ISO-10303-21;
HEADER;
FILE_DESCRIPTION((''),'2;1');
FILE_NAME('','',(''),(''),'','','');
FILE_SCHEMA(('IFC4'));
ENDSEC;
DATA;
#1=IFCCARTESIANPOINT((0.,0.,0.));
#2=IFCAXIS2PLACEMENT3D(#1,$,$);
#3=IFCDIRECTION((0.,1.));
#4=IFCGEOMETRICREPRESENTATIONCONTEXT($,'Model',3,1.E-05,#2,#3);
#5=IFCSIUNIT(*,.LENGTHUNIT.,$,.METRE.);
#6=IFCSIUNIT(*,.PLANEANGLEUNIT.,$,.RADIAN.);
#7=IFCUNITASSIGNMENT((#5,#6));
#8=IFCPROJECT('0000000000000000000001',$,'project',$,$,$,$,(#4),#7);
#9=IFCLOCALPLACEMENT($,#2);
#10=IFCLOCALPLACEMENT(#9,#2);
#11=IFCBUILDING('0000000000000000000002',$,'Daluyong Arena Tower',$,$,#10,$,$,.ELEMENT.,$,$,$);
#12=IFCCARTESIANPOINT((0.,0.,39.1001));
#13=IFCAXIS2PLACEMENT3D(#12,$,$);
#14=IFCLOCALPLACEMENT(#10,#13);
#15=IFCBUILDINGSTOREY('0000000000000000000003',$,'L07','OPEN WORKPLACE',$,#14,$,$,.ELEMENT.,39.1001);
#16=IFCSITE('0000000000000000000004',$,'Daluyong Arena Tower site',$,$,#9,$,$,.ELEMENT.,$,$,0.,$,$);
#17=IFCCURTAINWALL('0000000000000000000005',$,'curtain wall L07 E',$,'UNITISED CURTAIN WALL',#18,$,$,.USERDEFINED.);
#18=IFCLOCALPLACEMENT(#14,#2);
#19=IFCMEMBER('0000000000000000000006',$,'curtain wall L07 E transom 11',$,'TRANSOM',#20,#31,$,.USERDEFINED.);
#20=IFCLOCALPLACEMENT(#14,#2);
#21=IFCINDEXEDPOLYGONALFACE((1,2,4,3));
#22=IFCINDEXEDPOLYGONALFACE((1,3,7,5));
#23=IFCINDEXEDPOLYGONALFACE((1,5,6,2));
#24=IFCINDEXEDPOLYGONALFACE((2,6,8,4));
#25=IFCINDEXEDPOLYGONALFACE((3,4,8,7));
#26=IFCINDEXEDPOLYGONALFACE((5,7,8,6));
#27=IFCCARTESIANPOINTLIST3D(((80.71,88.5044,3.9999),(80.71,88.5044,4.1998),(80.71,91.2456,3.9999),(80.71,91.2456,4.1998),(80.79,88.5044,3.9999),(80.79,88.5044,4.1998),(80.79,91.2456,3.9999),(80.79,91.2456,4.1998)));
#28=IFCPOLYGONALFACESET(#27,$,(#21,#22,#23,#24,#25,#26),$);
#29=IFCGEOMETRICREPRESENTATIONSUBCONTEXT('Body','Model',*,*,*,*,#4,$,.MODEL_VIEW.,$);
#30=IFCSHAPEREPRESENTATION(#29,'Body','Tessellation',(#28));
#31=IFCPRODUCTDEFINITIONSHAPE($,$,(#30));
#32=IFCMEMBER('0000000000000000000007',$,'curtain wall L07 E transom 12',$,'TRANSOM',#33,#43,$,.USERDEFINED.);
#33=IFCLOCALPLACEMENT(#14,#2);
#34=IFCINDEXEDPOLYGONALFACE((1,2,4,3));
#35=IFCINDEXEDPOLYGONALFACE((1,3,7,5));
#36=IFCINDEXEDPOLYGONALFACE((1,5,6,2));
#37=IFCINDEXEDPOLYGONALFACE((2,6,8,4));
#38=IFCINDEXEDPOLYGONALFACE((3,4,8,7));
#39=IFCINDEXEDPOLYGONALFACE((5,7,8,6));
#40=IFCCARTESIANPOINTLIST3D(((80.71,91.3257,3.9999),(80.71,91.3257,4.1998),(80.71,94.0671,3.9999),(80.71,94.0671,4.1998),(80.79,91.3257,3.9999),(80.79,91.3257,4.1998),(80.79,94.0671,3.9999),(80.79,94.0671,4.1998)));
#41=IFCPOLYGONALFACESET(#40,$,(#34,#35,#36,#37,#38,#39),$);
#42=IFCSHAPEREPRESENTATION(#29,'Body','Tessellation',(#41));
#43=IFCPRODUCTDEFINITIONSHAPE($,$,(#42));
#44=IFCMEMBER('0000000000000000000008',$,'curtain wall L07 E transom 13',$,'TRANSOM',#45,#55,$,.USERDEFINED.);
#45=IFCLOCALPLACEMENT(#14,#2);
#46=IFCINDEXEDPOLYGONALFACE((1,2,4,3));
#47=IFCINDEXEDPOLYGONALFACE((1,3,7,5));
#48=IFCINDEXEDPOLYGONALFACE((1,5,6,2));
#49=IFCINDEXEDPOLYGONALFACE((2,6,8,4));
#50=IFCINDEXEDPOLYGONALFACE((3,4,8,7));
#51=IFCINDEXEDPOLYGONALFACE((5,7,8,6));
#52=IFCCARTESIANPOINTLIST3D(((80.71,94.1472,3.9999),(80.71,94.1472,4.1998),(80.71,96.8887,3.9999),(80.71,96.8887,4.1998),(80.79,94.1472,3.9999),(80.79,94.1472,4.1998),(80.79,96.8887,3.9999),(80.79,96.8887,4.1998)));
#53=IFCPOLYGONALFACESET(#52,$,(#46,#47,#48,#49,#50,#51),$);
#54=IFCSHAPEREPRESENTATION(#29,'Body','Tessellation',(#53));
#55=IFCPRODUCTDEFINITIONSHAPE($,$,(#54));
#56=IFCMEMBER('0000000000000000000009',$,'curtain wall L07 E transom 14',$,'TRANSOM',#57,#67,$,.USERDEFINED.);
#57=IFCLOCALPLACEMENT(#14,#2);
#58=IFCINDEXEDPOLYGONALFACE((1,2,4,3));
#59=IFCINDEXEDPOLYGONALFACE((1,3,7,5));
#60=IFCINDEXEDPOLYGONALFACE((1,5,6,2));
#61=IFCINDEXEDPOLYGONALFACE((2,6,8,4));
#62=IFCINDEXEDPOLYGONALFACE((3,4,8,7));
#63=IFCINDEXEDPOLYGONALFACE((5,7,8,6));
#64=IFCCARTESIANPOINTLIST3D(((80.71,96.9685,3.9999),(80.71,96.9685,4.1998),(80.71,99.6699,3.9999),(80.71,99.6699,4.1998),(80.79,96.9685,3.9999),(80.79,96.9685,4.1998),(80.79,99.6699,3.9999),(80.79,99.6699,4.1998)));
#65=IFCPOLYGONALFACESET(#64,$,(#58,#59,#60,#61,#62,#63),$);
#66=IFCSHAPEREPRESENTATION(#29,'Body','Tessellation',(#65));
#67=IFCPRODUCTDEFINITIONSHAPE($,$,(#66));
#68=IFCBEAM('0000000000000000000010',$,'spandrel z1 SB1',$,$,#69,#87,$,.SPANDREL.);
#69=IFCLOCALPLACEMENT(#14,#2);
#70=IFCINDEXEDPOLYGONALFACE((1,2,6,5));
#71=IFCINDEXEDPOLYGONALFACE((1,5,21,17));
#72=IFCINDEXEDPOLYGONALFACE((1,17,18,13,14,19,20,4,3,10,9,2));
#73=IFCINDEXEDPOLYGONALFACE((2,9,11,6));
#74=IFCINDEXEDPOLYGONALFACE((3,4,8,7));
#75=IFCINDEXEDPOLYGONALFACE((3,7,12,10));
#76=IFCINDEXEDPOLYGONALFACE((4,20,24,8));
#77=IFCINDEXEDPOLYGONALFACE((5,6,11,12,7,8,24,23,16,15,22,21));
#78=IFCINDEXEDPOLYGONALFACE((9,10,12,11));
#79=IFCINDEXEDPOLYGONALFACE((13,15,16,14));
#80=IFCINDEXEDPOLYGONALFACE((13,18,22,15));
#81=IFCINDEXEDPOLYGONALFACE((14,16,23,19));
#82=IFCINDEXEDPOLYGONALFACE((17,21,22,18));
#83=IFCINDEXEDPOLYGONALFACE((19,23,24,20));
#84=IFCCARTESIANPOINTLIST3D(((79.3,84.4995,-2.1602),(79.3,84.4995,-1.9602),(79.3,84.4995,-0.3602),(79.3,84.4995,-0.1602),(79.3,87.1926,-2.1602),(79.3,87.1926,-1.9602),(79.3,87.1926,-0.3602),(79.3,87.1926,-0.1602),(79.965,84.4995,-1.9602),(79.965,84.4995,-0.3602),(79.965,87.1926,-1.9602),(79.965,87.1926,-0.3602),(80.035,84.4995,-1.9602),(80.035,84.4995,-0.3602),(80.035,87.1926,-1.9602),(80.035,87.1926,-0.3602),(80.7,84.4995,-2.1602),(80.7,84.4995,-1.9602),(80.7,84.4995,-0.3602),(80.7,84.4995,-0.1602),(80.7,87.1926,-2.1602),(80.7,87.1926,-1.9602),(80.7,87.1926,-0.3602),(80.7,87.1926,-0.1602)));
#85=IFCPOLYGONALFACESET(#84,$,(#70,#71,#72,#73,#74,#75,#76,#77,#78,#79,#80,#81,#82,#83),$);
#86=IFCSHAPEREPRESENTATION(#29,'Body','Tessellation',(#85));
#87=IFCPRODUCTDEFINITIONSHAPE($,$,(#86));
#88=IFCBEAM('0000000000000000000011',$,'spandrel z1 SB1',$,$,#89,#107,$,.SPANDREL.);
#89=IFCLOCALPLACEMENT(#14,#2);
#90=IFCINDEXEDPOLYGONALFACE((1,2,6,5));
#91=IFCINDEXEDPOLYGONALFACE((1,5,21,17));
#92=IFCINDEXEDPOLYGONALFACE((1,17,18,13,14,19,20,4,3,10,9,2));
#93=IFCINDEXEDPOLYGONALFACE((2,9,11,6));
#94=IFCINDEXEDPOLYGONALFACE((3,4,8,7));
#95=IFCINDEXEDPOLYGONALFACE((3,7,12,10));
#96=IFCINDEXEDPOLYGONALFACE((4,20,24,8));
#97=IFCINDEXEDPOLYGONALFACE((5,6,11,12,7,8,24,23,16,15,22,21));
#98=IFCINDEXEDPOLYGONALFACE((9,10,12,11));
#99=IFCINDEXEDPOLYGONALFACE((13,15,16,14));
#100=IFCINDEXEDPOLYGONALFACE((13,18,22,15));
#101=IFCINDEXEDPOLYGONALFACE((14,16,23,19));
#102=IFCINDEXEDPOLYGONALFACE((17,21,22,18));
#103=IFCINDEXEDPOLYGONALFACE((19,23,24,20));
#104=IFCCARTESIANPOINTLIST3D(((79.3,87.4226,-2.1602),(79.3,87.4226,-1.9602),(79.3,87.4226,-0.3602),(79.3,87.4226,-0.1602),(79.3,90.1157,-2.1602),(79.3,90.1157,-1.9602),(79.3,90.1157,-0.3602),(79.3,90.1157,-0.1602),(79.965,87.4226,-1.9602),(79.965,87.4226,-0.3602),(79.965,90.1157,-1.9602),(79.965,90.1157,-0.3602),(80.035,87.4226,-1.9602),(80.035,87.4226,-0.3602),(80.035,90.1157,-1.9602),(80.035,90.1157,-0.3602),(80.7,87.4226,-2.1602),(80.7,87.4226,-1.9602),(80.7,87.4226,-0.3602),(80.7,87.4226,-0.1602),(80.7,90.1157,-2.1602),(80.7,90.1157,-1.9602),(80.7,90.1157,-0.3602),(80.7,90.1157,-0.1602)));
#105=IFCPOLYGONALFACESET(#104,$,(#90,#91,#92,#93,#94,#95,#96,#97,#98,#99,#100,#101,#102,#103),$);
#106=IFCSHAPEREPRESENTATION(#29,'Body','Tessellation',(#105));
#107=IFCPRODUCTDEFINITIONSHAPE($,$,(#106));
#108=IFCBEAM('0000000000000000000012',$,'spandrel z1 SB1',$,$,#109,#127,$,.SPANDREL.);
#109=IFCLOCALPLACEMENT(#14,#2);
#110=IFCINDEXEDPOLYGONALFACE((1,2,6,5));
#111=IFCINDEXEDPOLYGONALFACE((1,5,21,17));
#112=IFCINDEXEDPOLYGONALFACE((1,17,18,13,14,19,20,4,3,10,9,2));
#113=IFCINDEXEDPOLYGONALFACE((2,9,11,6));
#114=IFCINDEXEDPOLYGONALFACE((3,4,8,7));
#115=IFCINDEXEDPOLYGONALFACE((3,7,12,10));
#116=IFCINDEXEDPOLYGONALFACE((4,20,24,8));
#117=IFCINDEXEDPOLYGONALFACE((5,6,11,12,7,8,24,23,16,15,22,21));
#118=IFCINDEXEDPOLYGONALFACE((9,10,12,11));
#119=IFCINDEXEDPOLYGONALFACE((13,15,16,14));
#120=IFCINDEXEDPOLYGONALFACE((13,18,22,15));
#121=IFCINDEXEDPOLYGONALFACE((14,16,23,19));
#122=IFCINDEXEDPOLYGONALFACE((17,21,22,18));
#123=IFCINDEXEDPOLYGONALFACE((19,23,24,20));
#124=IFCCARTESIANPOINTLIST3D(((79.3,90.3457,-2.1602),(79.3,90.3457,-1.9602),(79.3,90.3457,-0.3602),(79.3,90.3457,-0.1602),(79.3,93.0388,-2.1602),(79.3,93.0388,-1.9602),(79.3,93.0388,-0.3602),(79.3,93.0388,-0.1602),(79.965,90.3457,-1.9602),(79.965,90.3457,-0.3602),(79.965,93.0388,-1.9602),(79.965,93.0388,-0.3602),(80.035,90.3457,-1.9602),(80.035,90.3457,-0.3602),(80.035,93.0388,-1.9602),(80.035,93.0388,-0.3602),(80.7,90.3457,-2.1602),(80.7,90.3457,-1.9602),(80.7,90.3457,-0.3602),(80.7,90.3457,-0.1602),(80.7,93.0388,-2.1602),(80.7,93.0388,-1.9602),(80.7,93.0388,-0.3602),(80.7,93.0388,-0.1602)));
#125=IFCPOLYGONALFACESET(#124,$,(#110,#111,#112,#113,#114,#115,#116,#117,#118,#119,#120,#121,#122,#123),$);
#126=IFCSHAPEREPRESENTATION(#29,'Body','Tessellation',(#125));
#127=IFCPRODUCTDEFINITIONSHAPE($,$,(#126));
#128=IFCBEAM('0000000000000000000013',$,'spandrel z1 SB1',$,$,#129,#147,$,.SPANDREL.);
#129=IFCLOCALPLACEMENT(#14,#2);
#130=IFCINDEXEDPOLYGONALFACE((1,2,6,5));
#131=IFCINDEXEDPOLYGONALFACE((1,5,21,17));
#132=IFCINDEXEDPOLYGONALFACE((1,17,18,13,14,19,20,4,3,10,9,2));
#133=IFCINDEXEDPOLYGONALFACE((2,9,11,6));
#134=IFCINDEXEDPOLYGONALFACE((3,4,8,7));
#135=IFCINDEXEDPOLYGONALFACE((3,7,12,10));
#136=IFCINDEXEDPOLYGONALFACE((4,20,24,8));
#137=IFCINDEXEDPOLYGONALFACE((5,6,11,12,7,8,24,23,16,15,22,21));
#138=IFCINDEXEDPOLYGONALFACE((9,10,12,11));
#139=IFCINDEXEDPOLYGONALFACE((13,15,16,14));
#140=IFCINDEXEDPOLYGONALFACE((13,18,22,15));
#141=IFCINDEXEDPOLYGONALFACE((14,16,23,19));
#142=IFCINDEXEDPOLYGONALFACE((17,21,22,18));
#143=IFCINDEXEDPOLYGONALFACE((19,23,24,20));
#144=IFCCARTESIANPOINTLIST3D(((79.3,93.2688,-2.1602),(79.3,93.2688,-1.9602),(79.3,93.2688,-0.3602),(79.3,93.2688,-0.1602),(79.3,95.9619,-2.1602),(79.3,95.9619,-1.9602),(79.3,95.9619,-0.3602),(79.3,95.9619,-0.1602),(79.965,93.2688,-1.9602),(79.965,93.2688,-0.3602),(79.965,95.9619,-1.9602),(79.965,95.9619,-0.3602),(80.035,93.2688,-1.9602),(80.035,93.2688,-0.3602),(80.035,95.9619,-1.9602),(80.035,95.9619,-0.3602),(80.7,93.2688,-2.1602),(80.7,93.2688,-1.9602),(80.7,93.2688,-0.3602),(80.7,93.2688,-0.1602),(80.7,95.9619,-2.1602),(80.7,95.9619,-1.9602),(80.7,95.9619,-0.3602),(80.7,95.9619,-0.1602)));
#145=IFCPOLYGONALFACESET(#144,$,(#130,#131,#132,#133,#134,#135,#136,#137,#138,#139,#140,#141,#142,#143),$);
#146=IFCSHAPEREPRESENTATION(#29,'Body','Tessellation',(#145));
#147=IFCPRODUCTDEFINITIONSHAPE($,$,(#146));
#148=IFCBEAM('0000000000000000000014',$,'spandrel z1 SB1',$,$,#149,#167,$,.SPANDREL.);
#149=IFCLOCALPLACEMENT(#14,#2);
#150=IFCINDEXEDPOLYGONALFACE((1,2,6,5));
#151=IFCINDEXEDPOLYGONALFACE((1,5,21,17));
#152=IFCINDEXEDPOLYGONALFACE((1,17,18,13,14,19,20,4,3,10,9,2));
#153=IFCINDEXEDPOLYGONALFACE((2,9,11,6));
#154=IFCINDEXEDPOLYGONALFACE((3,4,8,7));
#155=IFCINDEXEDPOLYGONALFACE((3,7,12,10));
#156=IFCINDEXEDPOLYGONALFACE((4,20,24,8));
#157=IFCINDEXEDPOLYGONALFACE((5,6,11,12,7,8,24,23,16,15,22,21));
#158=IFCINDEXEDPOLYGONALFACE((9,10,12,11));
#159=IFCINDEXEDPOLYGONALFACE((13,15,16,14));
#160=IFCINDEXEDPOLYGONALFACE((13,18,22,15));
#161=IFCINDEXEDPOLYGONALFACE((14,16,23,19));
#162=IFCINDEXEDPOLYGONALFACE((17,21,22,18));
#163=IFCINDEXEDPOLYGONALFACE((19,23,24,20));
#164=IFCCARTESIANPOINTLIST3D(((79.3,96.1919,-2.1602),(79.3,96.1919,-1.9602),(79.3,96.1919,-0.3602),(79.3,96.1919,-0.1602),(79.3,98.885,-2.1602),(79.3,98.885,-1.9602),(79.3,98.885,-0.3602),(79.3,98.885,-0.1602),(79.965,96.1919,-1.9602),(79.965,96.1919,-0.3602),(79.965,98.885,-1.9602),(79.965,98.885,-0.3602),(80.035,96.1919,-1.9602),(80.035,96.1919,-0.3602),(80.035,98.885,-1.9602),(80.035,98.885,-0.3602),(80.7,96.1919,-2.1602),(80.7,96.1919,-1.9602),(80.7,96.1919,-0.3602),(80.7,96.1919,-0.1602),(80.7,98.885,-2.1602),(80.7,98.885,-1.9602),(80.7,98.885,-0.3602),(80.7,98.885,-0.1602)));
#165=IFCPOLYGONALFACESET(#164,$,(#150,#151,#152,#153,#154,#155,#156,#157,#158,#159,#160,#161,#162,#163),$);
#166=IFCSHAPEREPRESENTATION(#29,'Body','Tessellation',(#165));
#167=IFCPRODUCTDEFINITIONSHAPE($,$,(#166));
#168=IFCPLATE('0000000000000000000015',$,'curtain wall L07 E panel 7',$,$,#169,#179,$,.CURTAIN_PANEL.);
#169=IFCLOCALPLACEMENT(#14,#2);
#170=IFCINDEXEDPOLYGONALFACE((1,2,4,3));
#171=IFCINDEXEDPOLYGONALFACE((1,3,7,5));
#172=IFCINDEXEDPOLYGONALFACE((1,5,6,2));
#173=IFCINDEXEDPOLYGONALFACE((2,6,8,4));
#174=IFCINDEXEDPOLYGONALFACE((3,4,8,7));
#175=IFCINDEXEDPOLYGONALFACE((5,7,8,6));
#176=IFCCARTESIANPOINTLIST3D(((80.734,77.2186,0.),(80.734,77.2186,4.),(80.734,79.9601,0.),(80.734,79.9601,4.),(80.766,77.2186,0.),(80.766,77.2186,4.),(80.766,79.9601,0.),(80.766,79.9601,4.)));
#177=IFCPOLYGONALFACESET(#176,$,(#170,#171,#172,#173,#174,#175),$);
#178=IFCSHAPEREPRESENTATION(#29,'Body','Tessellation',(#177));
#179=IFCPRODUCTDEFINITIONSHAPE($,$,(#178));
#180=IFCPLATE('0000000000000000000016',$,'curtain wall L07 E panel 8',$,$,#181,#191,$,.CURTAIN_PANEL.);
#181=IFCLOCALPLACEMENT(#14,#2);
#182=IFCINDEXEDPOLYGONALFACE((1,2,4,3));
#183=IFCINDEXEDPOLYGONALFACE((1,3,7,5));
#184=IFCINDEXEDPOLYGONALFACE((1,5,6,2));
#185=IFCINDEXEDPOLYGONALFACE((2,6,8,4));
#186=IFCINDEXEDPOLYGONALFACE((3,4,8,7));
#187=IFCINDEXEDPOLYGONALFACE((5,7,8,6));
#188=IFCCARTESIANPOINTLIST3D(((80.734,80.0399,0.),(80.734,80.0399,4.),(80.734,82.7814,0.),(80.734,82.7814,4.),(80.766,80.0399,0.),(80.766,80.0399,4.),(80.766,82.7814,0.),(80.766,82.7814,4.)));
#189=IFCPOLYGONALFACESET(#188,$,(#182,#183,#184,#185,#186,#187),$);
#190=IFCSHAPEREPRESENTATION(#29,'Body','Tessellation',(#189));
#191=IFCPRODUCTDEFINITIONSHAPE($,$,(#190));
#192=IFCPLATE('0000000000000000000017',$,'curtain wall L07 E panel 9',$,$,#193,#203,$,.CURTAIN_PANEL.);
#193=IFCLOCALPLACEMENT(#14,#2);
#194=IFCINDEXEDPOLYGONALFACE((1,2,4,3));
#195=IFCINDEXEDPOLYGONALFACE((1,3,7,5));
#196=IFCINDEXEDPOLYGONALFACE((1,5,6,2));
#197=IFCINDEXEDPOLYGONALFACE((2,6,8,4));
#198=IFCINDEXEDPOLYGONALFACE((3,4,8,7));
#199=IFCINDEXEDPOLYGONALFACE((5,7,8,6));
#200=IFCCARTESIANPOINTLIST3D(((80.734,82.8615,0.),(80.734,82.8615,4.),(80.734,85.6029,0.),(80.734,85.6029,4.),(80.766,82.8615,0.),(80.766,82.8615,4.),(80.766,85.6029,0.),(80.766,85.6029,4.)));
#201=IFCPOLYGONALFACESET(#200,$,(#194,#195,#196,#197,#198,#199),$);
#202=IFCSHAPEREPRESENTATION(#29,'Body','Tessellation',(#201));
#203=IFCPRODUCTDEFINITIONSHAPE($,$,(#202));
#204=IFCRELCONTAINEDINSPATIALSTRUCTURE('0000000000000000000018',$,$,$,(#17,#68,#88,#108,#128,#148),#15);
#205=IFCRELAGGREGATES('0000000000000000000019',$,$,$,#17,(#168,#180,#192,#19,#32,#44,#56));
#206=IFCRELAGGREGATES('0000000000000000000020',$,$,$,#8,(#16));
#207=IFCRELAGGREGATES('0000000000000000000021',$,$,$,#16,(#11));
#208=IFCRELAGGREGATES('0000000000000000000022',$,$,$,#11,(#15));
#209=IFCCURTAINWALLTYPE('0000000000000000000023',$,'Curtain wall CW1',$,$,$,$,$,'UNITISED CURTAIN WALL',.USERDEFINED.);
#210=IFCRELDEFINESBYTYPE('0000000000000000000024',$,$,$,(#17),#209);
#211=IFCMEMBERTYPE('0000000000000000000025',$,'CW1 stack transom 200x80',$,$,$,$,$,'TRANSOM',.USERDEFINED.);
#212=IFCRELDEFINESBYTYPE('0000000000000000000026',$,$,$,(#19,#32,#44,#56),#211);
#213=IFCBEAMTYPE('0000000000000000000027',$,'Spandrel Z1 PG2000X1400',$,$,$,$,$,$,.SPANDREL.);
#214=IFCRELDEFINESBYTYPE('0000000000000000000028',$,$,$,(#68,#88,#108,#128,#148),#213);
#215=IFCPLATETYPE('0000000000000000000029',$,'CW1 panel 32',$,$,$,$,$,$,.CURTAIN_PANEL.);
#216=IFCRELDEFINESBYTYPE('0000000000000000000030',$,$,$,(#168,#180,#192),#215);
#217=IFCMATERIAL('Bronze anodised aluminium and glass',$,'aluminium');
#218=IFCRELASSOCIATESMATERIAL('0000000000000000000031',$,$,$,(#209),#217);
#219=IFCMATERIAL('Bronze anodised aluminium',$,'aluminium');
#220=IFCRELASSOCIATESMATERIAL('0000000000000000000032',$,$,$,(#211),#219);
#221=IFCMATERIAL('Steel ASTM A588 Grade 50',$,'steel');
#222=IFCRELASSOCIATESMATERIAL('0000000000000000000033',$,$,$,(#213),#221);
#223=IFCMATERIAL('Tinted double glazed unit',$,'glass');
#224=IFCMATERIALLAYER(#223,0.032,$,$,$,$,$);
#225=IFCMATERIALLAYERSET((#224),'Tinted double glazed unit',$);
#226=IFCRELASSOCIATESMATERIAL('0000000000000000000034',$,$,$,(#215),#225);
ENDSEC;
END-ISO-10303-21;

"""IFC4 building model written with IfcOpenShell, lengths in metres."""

from ifc_helpers import new_model, si_unit, direction, frame, origin, origin_2d, place, context, subcontext, project, spatial, rectangle, i_section, extrude, material, layer, layer_set, material_profile, profile_set, type_object, element, aggregate, save


model = new_model("IFC4")

# Units and contexts
model_context = context("Model", 3, precision=1e-05, world=origin(), true_north=direction((0.0, 1.0)))
body_context = subcontext(model_context, "Body", "Model", "MODEL_VIEW")
ifc_project = project(units=[si_unit("LENGTHUNIT", "METRE"), si_unit("PLANEANGLEUNIT", "RADIAN")], contexts=[model_context])

# Site, building, storey
site_placement = place(None, origin())
site = spatial("IfcSite", under=ifc_project, at=site_placement, Name="Daluyong Arena Tower site", CompositionType="ELEMENT", RefElevation=0.0)
building_placement = place(site_placement, origin())
building = spatial("IfcBuilding", under=site, at=building_placement, Name="Daluyong Arena Tower", CompositionType="ELEMENT")
storey_placement = place(building_placement, frame((0.0, 0.0, 39.1001)))
storey = spatial("IfcBuildingStorey", under=building, at=storey_placement, Name="L07", Description="OPEN WORKPLACE", CompositionType="ELEMENT", Elevation=39.1001)

# Curtain wall, members
ifc_material_1 = material(Name="Bronze anodised aluminium and glass", Category="aluminium")
curtain_wall_type = type_object("IfcCurtainWallType", Name="Curtain wall CW1", ElementType="UNITISED CURTAIN WALL", PredefinedType="USERDEFINED", material=ifc_material_1)
curtain_wall_placement = place(storey_placement, origin())
curtain_wall = element("IfcCurtainWall", 1, at=curtain_wall_placement, inside=storey, type_object=curtain_wall_type, Name="curtain wall L07 E", ObjectType="UNITISED CURTAIN WALL", PredefinedType="USERDEFINED")
ifc_material_2 = material(Name="Bronze anodised aluminium", Category="aluminium")
ifc_material_profile_1 = material_profile(ifc_material_2, rectangle(XDim=0.0801, YDim=0.2, at=origin_2d()))
ifc_profile_set_1 = profile_set([ifc_material_profile_1], Name="Bronze anodised aluminium")
member_type_1 = type_object("IfcMemberType", Name="CW1 stack transom 200x80", ElementType="TRANSOM", PredefinedType="USERDEFINED", material=ifc_profile_set_1)
member_1_placement = place(storey_placement, frame((80.75, 88.5044, 4.0999), z_axis=(0.0, 1.0, 0.0), x_axis=(-1.0, 0.0, 0.0)))
member_1 = element("IfcMember", 2, at=member_1_placement, type_object=member_type_1, Name="curtain wall L07 E transom 11", ObjectType="TRANSOM", PredefinedType="USERDEFINED", context=body_context, shape_type="SweptSolid", body=[
    extrude(rectangle(XDim=0.0801, YDim=0.2, at=origin_2d()), origin(), (0.0, 0.0, 1.0), 2.7412),
])
member_2_placement = place(storey_placement, frame((80.75, 91.3257, 4.0999), z_axis=(0.0, 1.0, 0.0), x_axis=(-1.0, 0.0, 0.0)))
member_2 = element("IfcMember", 3, at=member_2_placement, type_object=member_type_1, Name="curtain wall L07 E transom 12", ObjectType="TRANSOM", PredefinedType="USERDEFINED", context=body_context, shape_type="SweptSolid", body=[
    extrude(rectangle(XDim=0.0801, YDim=0.2, at=origin_2d()), origin(), (0.0, 0.0, 1.0), 2.7415),
])
member_3_placement = place(storey_placement, frame((80.75, 94.1472, 4.0999), z_axis=(0.0, 1.0, 0.0), x_axis=(-1.0, 0.0, 0.0)))
member_3 = element("IfcMember", 4, at=member_3_placement, type_object=member_type_1, Name="curtain wall L07 E transom 13", ObjectType="TRANSOM", PredefinedType="USERDEFINED", context=body_context, shape_type="SweptSolid", body=[
    extrude(rectangle(XDim=0.0801, YDim=0.2, at=origin_2d()), origin(), (0.0, 0.0, 1.0), 2.7415),
])
member_4_placement = place(storey_placement, frame((80.75, 96.9685, 4.0999), z_axis=(0.0, 1.0, 0.0), x_axis=(-1.0, 0.0, 0.0)))
member_4 = element("IfcMember", 5, at=member_4_placement, type_object=member_type_1, Name="curtain wall L07 E transom 14", ObjectType="TRANSOM", PredefinedType="USERDEFINED", context=body_context, shape_type="SweptSolid", body=[
    extrude(rectangle(XDim=0.0801, YDim=0.2, at=origin_2d()), origin(), (0.0, 0.0, 1.0), 2.7014),
])

# Beams
ifc_material_3 = material(Name="Steel ASTM A588 Grade 50", Category="steel")
ifc_material_profile_2 = material_profile(ifc_material_3, i_section(OverallWidth=1.3999, OverallDepth=2.0, WebThickness=0.07, FlangeThickness=0.2, at=origin_2d()))
ifc_profile_set_2 = profile_set([ifc_material_profile_2], Name="Steel ASTM A588 Grade 50")
beam_type = type_object("IfcBeamType", Name="Spandrel Z1 PG2000X1400", PredefinedType="SPANDREL", material=ifc_profile_set_2)
for number, where, z_axis, x_axis, name in (
    (6, (80.0, 84.4995, -1.1602), (0.0, 1.0, 0.0), (-1.0, 0.0, 0.0), "spandrel z1 SB1"),
    (7, (80.0, 87.4226, -1.1602), (0.0, 1.0, 0.0), (-1.0, 0.0, 0.0), "spandrel z1 SB1"),
    (8, (80.0, 90.3457, -1.1602), (0.0, 1.0, 0.0), (-1.0, 0.0, 0.0), "spandrel z1 SB1"),
    (9, (80.0, 93.2688, -1.1602), (0.0, 1.0, 0.0), (-1.0, 0.0, 0.0), "spandrel z1 SB1"),
    (10, (80.0, 96.1919, -1.1602), (0.0, 1.0, 0.0), (-1.0, 0.0, 0.0), "spandrel z1 SB1"),
):
    element("IfcBeam", number, at=place(storey_placement, frame(where, z_axis=z_axis, x_axis=x_axis)), inside=storey, type_object=beam_type, Name=name, PredefinedType="SPANDREL", context=body_context, shape_type="SweptSolid", body=[
        extrude(i_section(OverallWidth=1.3999, OverallDepth=2.0, WebThickness=0.07, FlangeThickness=0.2, at=origin_2d()), origin(), (0.0, 0.0, 1.0), 2.6931),
    ])

# Plates
ifc_material_4 = material(Name="Tinted double glazed unit", Category="glass")
ifc_layer = layer(ifc_material_4, 0.032)
ifc_layer_set = layer_set([ifc_layer], Name="Tinted double glazed unit")
plate_type = type_object("IfcPlateType", Name="CW1 panel 32", PredefinedType="CURTAIN_PANEL", material=ifc_layer_set)
plate_1_placement = place(storey_placement, frame((80.75, 78.5894, 0.0), z_axis=(0.0, 0.0, 1.0), x_axis=(0.0, 1.0, 0.0)))
plate_1 = element("IfcPlate", 11, at=plate_1_placement, type_object=plate_type, Name="curtain wall L07 E panel 7", PredefinedType="CURTAIN_PANEL", context=body_context, shape_type="SweptSolid", body=[
    extrude(rectangle(XDim=2.7415, YDim=0.032, at=origin_2d()), origin(), (0.0, 0.0, 1.0), 4.0),
])
plate_2_placement = place(storey_placement, frame((80.75, 81.4106, 0.0), z_axis=(0.0, 0.0, 1.0), x_axis=(0.0, 1.0, 0.0)))
plate_2 = element("IfcPlate", 12, at=plate_2_placement, type_object=plate_type, Name="curtain wall L07 E panel 8", PredefinedType="CURTAIN_PANEL", context=body_context, shape_type="SweptSolid", body=[
    extrude(rectangle(XDim=2.7415, YDim=0.032, at=origin_2d()), origin(), (0.0, 0.0, 1.0), 4.0),
])
plate_3_placement = place(storey_placement, frame((80.75, 84.2322, 0.0), z_axis=(0.0, 0.0, 1.0), x_axis=(0.0, 1.0, 0.0)))
plate_3 = element("IfcPlate", 13, at=plate_3_placement, type_object=plate_type, Name="curtain wall L07 E panel 9", PredefinedType="CURTAIN_PANEL", context=body_context, shape_type="SweptSolid", body=[
    extrude(rectangle(XDim=2.7415, YDim=0.032, at=origin_2d()), origin(), (0.0, 0.0, 1.0), 4.0),
])
aggregate(curtain_wall, [plate_1, plate_2, plate_3, member_1, member_2, member_3, member_4])

save(model, "model.ifc")
